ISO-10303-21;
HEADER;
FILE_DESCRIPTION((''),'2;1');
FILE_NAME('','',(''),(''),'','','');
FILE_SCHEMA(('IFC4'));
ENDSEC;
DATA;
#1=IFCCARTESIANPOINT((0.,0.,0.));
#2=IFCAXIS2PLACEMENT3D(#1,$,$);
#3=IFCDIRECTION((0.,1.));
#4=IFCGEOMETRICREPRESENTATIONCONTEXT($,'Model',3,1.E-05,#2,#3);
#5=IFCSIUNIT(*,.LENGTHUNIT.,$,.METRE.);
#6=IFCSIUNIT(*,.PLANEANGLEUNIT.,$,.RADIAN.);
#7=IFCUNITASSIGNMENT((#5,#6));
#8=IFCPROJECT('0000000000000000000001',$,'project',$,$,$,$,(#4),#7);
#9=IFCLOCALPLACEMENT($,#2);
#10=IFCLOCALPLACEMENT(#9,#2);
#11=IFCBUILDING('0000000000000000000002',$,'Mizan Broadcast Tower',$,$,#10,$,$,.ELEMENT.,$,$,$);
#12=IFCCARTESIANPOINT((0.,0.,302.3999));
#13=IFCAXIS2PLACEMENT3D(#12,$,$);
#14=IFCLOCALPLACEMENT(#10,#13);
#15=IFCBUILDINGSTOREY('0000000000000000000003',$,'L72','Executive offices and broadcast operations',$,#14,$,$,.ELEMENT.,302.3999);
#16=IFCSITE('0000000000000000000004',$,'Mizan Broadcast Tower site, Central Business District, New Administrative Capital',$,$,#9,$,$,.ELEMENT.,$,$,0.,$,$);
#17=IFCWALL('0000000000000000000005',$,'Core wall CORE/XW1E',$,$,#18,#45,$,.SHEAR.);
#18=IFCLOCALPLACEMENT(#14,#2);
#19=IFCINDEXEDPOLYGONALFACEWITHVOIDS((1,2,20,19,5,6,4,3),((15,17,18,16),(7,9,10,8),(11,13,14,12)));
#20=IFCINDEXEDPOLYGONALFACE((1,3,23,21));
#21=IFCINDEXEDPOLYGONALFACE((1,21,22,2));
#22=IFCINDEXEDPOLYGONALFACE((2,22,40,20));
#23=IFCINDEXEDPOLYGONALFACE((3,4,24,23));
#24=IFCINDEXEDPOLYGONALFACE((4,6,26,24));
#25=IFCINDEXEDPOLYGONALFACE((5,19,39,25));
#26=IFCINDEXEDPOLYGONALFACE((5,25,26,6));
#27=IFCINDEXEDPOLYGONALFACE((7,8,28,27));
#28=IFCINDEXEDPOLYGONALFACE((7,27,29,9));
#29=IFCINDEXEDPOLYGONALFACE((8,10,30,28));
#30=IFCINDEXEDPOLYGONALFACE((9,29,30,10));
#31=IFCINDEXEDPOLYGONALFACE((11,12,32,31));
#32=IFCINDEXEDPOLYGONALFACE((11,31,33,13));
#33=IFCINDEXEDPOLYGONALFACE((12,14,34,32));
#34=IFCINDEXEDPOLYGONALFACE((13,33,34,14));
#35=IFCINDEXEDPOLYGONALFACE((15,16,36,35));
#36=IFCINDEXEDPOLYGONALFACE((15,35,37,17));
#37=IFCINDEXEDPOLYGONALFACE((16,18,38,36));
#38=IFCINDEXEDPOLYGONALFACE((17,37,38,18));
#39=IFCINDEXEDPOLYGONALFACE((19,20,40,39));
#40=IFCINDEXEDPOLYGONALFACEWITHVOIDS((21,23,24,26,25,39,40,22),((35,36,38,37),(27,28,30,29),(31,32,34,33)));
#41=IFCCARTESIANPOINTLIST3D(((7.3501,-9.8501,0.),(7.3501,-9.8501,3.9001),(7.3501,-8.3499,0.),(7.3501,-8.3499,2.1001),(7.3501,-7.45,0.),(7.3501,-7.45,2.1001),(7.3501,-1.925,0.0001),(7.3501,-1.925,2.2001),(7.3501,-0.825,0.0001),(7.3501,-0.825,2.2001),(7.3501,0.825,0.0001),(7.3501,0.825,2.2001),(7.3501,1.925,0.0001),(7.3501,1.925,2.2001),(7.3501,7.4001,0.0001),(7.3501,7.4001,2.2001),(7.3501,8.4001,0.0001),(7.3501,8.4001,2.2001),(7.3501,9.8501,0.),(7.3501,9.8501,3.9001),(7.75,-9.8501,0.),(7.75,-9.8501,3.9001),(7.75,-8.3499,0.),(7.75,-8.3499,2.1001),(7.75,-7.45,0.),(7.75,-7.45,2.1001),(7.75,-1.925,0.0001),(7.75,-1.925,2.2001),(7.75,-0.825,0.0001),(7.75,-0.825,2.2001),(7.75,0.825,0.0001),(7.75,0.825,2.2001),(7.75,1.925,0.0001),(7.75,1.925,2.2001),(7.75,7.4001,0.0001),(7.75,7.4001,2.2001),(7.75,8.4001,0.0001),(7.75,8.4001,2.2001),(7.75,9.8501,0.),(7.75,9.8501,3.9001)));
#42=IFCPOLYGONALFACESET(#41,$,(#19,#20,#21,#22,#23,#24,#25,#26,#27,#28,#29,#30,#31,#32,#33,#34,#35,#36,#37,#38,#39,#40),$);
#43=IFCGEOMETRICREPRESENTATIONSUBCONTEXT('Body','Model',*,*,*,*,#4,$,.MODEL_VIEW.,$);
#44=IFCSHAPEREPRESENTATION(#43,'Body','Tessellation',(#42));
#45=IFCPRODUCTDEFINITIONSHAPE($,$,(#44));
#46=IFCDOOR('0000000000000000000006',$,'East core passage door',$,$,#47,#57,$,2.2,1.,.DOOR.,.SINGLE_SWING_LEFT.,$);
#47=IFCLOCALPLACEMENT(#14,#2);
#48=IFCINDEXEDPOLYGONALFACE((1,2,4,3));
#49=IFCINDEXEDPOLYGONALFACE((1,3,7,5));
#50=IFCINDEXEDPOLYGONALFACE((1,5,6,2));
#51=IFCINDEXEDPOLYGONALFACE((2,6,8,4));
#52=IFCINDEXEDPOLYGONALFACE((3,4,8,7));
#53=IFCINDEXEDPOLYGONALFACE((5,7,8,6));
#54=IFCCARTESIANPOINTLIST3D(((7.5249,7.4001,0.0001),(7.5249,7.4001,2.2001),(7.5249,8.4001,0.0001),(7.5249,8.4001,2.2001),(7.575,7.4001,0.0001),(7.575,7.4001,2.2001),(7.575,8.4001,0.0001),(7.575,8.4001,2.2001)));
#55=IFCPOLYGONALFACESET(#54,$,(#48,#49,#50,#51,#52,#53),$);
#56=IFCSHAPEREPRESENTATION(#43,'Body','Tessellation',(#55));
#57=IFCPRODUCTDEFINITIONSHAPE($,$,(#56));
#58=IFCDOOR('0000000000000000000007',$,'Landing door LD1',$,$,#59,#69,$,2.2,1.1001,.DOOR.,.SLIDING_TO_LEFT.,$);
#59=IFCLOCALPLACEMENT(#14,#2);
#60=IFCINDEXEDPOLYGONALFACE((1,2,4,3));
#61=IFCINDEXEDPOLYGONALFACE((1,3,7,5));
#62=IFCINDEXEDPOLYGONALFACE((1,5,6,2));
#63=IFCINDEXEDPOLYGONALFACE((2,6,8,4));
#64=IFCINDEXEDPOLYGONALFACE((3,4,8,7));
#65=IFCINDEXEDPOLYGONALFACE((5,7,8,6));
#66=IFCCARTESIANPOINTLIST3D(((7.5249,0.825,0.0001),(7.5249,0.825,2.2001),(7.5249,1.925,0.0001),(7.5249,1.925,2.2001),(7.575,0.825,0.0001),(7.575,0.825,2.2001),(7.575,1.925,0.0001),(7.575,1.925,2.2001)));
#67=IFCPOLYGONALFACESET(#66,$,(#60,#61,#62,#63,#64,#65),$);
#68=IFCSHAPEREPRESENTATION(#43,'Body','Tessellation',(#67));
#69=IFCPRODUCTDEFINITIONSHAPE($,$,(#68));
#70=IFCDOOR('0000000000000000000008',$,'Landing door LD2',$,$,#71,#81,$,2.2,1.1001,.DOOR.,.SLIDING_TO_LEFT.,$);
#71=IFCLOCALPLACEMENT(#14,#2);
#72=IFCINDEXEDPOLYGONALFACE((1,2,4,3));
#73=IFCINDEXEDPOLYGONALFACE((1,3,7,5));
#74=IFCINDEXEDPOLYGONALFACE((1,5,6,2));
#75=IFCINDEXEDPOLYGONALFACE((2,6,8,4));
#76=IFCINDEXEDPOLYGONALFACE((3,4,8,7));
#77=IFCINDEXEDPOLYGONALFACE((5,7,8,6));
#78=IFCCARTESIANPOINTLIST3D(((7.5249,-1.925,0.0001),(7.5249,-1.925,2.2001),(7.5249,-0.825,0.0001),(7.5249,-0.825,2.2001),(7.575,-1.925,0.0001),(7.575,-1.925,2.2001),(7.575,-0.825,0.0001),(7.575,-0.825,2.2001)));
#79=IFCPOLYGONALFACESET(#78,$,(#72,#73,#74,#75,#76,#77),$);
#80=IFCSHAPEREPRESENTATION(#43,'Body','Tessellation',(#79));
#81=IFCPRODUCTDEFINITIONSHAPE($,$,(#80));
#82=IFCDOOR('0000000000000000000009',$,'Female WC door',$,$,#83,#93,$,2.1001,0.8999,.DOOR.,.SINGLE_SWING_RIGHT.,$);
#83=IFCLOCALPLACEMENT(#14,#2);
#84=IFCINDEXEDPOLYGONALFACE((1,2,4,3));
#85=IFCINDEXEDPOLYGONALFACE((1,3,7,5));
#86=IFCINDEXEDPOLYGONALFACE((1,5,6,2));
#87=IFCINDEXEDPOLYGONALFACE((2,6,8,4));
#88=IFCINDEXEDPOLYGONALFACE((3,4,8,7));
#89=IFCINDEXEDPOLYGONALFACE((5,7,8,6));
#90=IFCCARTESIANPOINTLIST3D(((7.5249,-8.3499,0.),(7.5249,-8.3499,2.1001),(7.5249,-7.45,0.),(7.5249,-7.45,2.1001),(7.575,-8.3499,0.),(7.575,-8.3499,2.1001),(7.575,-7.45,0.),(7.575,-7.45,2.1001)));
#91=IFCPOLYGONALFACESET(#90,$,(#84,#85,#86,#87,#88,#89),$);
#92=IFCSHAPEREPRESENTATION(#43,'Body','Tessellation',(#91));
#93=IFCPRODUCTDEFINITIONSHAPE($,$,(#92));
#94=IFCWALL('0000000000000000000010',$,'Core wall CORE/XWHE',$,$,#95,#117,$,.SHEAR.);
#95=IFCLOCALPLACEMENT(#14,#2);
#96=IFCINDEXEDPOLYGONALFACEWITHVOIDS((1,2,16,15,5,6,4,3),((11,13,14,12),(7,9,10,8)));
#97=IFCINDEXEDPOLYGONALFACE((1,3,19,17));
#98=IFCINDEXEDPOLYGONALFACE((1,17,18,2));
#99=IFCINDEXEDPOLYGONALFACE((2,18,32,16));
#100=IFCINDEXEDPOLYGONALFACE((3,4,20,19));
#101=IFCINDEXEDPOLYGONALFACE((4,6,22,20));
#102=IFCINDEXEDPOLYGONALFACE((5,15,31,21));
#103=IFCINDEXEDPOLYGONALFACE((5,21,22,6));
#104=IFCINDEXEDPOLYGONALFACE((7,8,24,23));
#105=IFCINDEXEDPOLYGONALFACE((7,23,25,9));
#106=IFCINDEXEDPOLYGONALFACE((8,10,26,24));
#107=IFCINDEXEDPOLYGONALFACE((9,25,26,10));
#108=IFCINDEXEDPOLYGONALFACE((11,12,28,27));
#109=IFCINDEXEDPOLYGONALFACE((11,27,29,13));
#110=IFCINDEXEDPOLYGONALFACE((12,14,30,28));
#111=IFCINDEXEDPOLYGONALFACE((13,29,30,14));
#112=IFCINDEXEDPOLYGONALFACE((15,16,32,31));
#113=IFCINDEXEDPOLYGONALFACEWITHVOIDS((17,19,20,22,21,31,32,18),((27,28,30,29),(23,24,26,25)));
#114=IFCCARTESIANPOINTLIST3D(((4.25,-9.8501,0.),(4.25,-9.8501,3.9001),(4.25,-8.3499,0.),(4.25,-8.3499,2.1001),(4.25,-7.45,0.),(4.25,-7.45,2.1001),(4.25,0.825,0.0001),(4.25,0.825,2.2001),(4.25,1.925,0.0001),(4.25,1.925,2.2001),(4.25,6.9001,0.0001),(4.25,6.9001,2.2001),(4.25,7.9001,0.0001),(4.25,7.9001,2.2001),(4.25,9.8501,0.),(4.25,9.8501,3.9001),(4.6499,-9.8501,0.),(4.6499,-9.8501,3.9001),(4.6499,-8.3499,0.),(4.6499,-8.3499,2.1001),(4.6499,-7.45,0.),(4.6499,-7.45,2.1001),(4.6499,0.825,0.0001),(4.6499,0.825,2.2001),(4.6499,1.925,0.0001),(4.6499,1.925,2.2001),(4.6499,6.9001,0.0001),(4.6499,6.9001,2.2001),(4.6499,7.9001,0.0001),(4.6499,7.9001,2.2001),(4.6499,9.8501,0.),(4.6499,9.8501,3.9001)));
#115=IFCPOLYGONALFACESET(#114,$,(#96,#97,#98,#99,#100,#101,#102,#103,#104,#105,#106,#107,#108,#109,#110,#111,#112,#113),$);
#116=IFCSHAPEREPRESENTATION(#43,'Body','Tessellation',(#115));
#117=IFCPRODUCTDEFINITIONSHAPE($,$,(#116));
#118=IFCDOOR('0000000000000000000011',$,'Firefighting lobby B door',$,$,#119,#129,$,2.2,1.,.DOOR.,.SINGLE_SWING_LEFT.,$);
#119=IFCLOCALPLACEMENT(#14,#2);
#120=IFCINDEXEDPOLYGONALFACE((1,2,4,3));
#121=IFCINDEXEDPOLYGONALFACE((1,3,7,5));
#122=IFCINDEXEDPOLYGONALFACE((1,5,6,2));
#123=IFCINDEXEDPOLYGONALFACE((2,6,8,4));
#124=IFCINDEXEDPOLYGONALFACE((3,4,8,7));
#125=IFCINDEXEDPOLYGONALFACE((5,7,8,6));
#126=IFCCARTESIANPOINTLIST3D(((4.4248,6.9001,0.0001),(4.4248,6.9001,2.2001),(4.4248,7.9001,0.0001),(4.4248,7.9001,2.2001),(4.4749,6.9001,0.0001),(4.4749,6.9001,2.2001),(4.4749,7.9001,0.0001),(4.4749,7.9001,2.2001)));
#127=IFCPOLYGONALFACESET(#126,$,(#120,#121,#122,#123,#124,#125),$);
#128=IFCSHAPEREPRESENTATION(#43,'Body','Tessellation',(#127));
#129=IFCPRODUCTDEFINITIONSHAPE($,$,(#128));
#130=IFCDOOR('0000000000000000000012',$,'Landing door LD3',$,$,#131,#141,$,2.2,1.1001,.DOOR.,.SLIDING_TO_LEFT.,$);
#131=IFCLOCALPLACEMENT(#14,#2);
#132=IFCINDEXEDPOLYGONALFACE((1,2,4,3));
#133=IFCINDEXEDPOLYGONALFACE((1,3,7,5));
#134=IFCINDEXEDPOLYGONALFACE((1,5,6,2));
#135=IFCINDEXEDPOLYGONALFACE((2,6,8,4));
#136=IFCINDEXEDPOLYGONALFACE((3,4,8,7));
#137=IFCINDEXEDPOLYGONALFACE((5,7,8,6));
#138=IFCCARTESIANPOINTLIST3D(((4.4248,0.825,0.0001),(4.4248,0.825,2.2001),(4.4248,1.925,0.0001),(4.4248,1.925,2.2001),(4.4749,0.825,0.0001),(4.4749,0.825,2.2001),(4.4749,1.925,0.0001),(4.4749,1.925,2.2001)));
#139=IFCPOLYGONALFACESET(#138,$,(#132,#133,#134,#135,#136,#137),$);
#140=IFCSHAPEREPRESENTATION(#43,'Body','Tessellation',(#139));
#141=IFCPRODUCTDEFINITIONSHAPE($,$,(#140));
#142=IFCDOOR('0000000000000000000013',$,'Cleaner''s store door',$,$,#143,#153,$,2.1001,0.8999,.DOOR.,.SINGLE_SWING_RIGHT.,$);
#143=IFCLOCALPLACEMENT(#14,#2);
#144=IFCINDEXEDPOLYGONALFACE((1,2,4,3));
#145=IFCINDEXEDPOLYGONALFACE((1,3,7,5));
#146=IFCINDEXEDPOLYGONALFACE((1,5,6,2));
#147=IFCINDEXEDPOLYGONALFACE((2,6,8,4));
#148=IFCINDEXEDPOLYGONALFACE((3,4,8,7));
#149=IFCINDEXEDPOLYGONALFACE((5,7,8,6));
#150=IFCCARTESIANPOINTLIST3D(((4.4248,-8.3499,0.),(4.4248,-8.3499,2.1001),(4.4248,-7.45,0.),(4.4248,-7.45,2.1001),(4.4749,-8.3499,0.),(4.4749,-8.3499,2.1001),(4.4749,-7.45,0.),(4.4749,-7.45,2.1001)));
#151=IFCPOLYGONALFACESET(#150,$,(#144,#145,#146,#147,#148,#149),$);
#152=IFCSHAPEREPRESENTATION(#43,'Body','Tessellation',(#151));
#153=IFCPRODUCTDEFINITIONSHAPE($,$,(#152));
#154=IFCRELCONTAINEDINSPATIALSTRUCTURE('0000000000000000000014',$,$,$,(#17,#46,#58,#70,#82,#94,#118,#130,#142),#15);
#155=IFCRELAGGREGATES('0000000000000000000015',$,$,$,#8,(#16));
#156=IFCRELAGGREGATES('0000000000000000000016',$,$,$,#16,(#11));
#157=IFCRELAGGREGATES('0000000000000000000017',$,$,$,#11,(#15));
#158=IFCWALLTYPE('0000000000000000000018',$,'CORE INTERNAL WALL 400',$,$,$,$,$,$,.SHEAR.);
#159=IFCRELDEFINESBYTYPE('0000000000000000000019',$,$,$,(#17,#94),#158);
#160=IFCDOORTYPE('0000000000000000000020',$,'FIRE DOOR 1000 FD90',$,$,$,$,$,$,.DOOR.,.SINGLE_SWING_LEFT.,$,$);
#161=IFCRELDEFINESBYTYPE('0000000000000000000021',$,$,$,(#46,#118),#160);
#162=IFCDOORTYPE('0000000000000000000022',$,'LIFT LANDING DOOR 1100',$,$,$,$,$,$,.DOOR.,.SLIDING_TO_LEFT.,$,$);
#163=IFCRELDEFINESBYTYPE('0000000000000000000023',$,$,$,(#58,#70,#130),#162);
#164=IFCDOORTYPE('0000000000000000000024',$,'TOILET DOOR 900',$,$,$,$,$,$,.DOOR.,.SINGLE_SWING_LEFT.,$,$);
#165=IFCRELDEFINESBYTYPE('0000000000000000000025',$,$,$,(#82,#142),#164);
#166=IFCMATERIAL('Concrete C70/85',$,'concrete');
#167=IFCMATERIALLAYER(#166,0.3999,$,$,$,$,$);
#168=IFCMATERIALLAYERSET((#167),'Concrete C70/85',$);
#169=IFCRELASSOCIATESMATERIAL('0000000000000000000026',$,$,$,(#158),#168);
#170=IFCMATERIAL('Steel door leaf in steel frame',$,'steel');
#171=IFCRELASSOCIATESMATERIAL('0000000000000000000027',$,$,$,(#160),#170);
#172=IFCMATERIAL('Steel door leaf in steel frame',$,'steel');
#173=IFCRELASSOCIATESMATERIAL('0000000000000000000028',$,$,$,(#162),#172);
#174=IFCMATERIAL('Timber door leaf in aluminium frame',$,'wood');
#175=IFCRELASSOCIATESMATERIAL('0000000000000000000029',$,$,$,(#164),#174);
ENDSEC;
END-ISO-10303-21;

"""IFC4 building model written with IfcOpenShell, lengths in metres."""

from ifc_helpers import new_model, si_unit, direction, frame, frame_2d, origin, place, context, subcontext, project, spatial, rectangle, extrude, material, layer, layer_set, type_object, element, fill, save


model = new_model("IFC4")

# Units and contexts
model_context = context("Model", 3, precision=1e-05, world=origin(), true_north=direction((0.0, 1.0)))
body_context = subcontext(model_context, "Body", "Model", "MODEL_VIEW")
ifc_project = project(units=[si_unit("LENGTHUNIT", "METRE"), si_unit("PLANEANGLEUNIT", "RADIAN")], contexts=[model_context])

# Site, building, storey
site_placement = place(None, origin())
site = spatial("IfcSite", under=ifc_project, at=site_placement, Name="Mizan Broadcast Tower site, Central Business District, New Administrative Capital", CompositionType="ELEMENT", RefElevation=0.0)
building_placement = place(site_placement, origin())
building = spatial("IfcBuilding", under=site, at=building_placement, Name="Mizan Broadcast Tower", CompositionType="ELEMENT")
storey_placement = place(building_placement, frame((0.0, 0.0, 302.3999)))
storey = spatial("IfcBuildingStorey", under=building, at=storey_placement, Name="L72", Description="Executive offices and broadcast operations", CompositionType="ELEMENT", Elevation=302.3999)

# Walls, openings, doors
ifc_material_1 = material(Name="Concrete C70/85", Category="concrete")
ifc_layer_1 = layer(ifc_material_1, 0.3999)
ifc_layer_set_1 = layer_set([ifc_layer_1], Name="Concrete C70/85")
wall_type = type_object("IfcWallType", Name="CORE INTERNAL WALL 400", PredefinedType="SHEAR", material=ifc_layer_set_1)
wall_1_placement = place(storey_placement, frame((7.55, 9.8501, 0.0), z_axis=(0.0, 0.0, 1.0), x_axis=(0.0, -1.0, 0.0)))
wall_1 = element("IfcWall", 1, at=wall_1_placement, inside=storey, type_object=wall_type, Name="Core wall CORE/XW1E", PredefinedType="SHEAR", context=body_context, shape_type="SweptSolid", body=[
    extrude(rectangle(XDim=19.7002, YDim=0.3999, at=frame_2d((9.8501, 0.0))), origin(), (0.0, 0.0, 1.0), 3.9001),
])
opening_1_placement = place(wall_1_placement, frame((1.45, 0.0, 0.0)))
opening_1 = element("IfcOpeningElement", 2, at=opening_1_placement, cuts=wall_1, PredefinedType="OPENING", context=body_context, shape_type="SweptSolid", body=[
    extrude(rectangle(XDim=1.0, YDim=2.2, at=frame_2d((0.5, 1.1001))), frame((0.0, 0.21, 0.0), z_axis=(0.0, -1.0, 0.0), x_axis=(1.0, 0.0, 0.0)), (0.0, 0.0, 1.0), 0.4199),
])
opening_2_placement = place(wall_1_placement, frame((17.3, 0.0, 0.0)))
opening_2 = element("IfcOpeningElement", 3, at=opening_2_placement, cuts=wall_1, PredefinedType="OPENING", context=body_context, shape_type="SweptSolid", body=[
    extrude(rectangle(XDim=0.8999, YDim=2.1001, at=frame_2d((0.45, 1.05))), frame((0.0, 0.21, 0.0), z_axis=(0.0, -1.0, 0.0), x_axis=(1.0, 0.0, 0.0)), (0.0, 0.0, 1.0), 0.4199),
])
opening_3_placement = place(wall_1_placement, frame((7.925, 0.0, 0.0)))
opening_3 = element("IfcOpeningElement", 4, at=opening_3_placement, cuts=wall_1, PredefinedType="OPENING", context=body_context, shape_type="SweptSolid", body=[
    extrude(rectangle(XDim=1.1001, YDim=2.2, at=frame_2d((0.55, 1.1001))), frame((0.0, 0.21, 0.0), z_axis=(0.0, -1.0, 0.0), x_axis=(1.0, 0.0, 0.0)), (0.0, 0.0, 1.0), 0.4199),
])
opening_4_placement = place(wall_1_placement, frame((10.675, 0.0, 0.0)))
opening_4 = element("IfcOpeningElement", 5, at=opening_4_placement, cuts=wall_1, PredefinedType="OPENING", context=body_context, shape_type="SweptSolid", body=[
    extrude(rectangle(XDim=1.1001, YDim=2.2, at=frame_2d((0.55, 1.1001))), frame((0.0, 0.21, 0.0), z_axis=(0.0, -1.0, 0.0), x_axis=(1.0, 0.0, 0.0)), (0.0, 0.0, 1.0), 0.4199),
])
ifc_material_2 = material(Name="Steel door leaf in steel frame", Category="steel")
door_type_1 = type_object("IfcDoorType", Name="FIRE DOOR 1000 FD90", OperationType="SINGLE_SWING_LEFT", PredefinedType="DOOR", material=ifc_material_2)
door_1_placement = place(opening_1_placement, origin())
door_1 = element("IfcDoor", 6, at=door_1_placement, inside=storey, type_object=door_type_1, Name="East core passage door", OperationType="SINGLE_SWING_LEFT", OverallHeight=2.2, OverallWidth=1.0, PredefinedType="DOOR", context=body_context, shape_type="SweptSolid", body=[
    extrude(rectangle(XDim=1.0, YDim=2.2, at=frame_2d((0.5, 1.1001))), frame((0.0, 0.0249, 0.0), z_axis=(0.0, -1.0, 0.0), x_axis=(1.0, 0.0, 0.0)), (0.0, 0.0, 1.0), 0.05),
])
fill(opening_1, door_1)
ifc_material_3 = material(Name="Steel door leaf in steel frame", Category="steel")
door_type_2 = type_object("IfcDoorType", Name="LIFT LANDING DOOR 1100", OperationType="SLIDING_TO_LEFT", PredefinedType="DOOR", material=ifc_material_3)
door_2_placement = place(opening_3_placement, origin())
door_2 = element("IfcDoor", 7, at=door_2_placement, inside=storey, type_object=door_type_2, Name="Landing door LD1", OperationType="SLIDING_TO_LEFT", OverallHeight=2.2, OverallWidth=1.1001, PredefinedType="DOOR", context=body_context, shape_type="SweptSolid", body=[
    extrude(rectangle(XDim=1.1001, YDim=2.2, at=frame_2d((0.55, 1.1001))), frame((0.0, 0.0249, 0.0), z_axis=(0.0, -1.0, 0.0), x_axis=(1.0, 0.0, 0.0)), (0.0, 0.0, 1.0), 0.05),
])
fill(opening_3, door_2)
door_3_placement = place(opening_4_placement, origin())
door_3 = element("IfcDoor", 8, at=door_3_placement, inside=storey, type_object=door_type_2, Name="Landing door LD2", OperationType="SLIDING_TO_LEFT", OverallHeight=2.2, OverallWidth=1.1001, PredefinedType="DOOR", context=body_context, shape_type="SweptSolid", body=[
    extrude(rectangle(XDim=1.1001, YDim=2.2, at=frame_2d((0.55, 1.1001))), frame((0.0, 0.0249, 0.0), z_axis=(0.0, -1.0, 0.0), x_axis=(1.0, 0.0, 0.0)), (0.0, 0.0, 1.0), 0.05),
])
fill(opening_4, door_3)
ifc_material_4 = material(Name="Timber door leaf in aluminium frame", Category="wood")
door_type_3 = type_object("IfcDoorType", Name="TOILET DOOR 900", OperationType="SINGLE_SWING_LEFT", PredefinedType="DOOR", material=ifc_material_4)
door_4_placement = place(opening_2_placement, origin())
door_4 = element("IfcDoor", 9, at=door_4_placement, inside=storey, type_object=door_type_3, Name="Female WC door", OperationType="SINGLE_SWING_RIGHT", OverallHeight=2.1001, OverallWidth=0.8999, PredefinedType="DOOR", context=body_context, shape_type="SweptSolid", body=[
    extrude(rectangle(XDim=0.8999, YDim=2.1001, at=frame_2d((0.45, 1.05))), frame((0.0, 0.0249, 0.0), z_axis=(0.0, -1.0, 0.0), x_axis=(1.0, 0.0, 0.0)), (0.0, 0.0, 1.0), 0.05),
])
fill(opening_2, door_4)
wall_2_placement = place(storey_placement, frame((4.45, 9.8501, 0.0), z_axis=(0.0, 0.0, 1.0), x_axis=(0.0, -1.0, 0.0)))
wall_2 = element("IfcWall", 10, at=wall_2_placement, inside=storey, type_object=wall_type, Name="Core wall CORE/XWHE", PredefinedType="SHEAR", context=body_context, shape_type="SweptSolid", body=[
    extrude(rectangle(XDim=19.7002, YDim=0.3999, at=frame_2d((9.8501, 0.0))), origin(), (0.0, 0.0, 1.0), 3.9001),
])
opening_5_placement = place(wall_2_placement, frame((1.95, 0.0, 0.0)))
opening_5 = element("IfcOpeningElement", 11, at=opening_5_placement, cuts=wall_2, PredefinedType="OPENING", context=body_context, shape_type="SweptSolid", body=[
    extrude(rectangle(XDim=1.0, YDim=2.2, at=frame_2d((0.5, 1.1001))), frame((0.0, 0.21, 0.0), z_axis=(0.0, -1.0, 0.0), x_axis=(1.0, 0.0, 0.0)), (0.0, 0.0, 1.0), 0.4199),
])
opening_6_placement = place(wall_2_placement, frame((17.3, 0.0, 0.0)))
opening_6 = element("IfcOpeningElement", 12, at=opening_6_placement, cuts=wall_2, PredefinedType="OPENING", context=body_context, shape_type="SweptSolid", body=[
    extrude(rectangle(XDim=0.8999, YDim=2.1001, at=frame_2d((0.45, 1.05))), frame((0.0, 0.21, 0.0), z_axis=(0.0, -1.0, 0.0), x_axis=(1.0, 0.0, 0.0)), (0.0, 0.0, 1.0), 0.4199),
])
opening_7_placement = place(wall_2_placement, frame((7.925, 0.0, 0.0)))
opening_7 = element("IfcOpeningElement", 13, at=opening_7_placement, cuts=wall_2, PredefinedType="OPENING", context=body_context, shape_type="SweptSolid", body=[
    extrude(rectangle(XDim=1.1001, YDim=2.2, at=frame_2d((0.55, 1.1001))), frame((0.0, 0.21, 0.0), z_axis=(0.0, -1.0, 0.0), x_axis=(1.0, 0.0, 0.0)), (0.0, 0.0, 1.0), 0.4199),
])
door_5_placement = place(opening_5_placement, origin())
door_5 = element("IfcDoor", 14, at=door_5_placement, inside=storey, type_object=door_type_1, Name="Firefighting lobby B door", OperationType="SINGLE_SWING_LEFT", OverallHeight=2.2, OverallWidth=1.0, PredefinedType="DOOR", context=body_context, shape_type="SweptSolid", body=[
    extrude(rectangle(XDim=1.0, YDim=2.2, at=frame_2d((0.5, 1.1001))), frame((0.0, 0.0249, 0.0), z_axis=(0.0, -1.0, 0.0), x_axis=(1.0, 0.0, 0.0)), (0.0, 0.0, 1.0), 0.05),
])
fill(opening_5, door_5)
door_6_placement = place(opening_7_placement, origin())
door_6 = element("IfcDoor", 15, at=door_6_placement, inside=storey, type_object=door_type_2, Name="Landing door LD3", OperationType="SLIDING_TO_LEFT", OverallHeight=2.2, OverallWidth=1.1001, PredefinedType="DOOR", context=body_context, shape_type="SweptSolid", body=[
    extrude(rectangle(XDim=1.1001, YDim=2.2, at=frame_2d((0.55, 1.1001))), frame((0.0, 0.0249, 0.0), z_axis=(0.0, -1.0, 0.0), x_axis=(1.0, 0.0, 0.0)), (0.0, 0.0, 1.0), 0.05),
])
fill(opening_7, door_6)
door_7_placement = place(opening_6_placement, origin())
door_7 = element("IfcDoor", 16, at=door_7_placement, inside=storey, type_object=door_type_3, Name="Cleaner's store door", OperationType="SINGLE_SWING_RIGHT", OverallHeight=2.1001, OverallWidth=0.8999, PredefinedType="DOOR", context=body_context, shape_type="SweptSolid", body=[
    extrude(rectangle(XDim=0.8999, YDim=2.1001, at=frame_2d((0.45, 1.05))), frame((0.0, 0.0249, 0.0), z_axis=(0.0, -1.0, 0.0), x_axis=(1.0, 0.0, 0.0)), (0.0, 0.0, 1.0), 0.05),
])
fill(opening_6, door_7)

save(model, "model.ifc")
